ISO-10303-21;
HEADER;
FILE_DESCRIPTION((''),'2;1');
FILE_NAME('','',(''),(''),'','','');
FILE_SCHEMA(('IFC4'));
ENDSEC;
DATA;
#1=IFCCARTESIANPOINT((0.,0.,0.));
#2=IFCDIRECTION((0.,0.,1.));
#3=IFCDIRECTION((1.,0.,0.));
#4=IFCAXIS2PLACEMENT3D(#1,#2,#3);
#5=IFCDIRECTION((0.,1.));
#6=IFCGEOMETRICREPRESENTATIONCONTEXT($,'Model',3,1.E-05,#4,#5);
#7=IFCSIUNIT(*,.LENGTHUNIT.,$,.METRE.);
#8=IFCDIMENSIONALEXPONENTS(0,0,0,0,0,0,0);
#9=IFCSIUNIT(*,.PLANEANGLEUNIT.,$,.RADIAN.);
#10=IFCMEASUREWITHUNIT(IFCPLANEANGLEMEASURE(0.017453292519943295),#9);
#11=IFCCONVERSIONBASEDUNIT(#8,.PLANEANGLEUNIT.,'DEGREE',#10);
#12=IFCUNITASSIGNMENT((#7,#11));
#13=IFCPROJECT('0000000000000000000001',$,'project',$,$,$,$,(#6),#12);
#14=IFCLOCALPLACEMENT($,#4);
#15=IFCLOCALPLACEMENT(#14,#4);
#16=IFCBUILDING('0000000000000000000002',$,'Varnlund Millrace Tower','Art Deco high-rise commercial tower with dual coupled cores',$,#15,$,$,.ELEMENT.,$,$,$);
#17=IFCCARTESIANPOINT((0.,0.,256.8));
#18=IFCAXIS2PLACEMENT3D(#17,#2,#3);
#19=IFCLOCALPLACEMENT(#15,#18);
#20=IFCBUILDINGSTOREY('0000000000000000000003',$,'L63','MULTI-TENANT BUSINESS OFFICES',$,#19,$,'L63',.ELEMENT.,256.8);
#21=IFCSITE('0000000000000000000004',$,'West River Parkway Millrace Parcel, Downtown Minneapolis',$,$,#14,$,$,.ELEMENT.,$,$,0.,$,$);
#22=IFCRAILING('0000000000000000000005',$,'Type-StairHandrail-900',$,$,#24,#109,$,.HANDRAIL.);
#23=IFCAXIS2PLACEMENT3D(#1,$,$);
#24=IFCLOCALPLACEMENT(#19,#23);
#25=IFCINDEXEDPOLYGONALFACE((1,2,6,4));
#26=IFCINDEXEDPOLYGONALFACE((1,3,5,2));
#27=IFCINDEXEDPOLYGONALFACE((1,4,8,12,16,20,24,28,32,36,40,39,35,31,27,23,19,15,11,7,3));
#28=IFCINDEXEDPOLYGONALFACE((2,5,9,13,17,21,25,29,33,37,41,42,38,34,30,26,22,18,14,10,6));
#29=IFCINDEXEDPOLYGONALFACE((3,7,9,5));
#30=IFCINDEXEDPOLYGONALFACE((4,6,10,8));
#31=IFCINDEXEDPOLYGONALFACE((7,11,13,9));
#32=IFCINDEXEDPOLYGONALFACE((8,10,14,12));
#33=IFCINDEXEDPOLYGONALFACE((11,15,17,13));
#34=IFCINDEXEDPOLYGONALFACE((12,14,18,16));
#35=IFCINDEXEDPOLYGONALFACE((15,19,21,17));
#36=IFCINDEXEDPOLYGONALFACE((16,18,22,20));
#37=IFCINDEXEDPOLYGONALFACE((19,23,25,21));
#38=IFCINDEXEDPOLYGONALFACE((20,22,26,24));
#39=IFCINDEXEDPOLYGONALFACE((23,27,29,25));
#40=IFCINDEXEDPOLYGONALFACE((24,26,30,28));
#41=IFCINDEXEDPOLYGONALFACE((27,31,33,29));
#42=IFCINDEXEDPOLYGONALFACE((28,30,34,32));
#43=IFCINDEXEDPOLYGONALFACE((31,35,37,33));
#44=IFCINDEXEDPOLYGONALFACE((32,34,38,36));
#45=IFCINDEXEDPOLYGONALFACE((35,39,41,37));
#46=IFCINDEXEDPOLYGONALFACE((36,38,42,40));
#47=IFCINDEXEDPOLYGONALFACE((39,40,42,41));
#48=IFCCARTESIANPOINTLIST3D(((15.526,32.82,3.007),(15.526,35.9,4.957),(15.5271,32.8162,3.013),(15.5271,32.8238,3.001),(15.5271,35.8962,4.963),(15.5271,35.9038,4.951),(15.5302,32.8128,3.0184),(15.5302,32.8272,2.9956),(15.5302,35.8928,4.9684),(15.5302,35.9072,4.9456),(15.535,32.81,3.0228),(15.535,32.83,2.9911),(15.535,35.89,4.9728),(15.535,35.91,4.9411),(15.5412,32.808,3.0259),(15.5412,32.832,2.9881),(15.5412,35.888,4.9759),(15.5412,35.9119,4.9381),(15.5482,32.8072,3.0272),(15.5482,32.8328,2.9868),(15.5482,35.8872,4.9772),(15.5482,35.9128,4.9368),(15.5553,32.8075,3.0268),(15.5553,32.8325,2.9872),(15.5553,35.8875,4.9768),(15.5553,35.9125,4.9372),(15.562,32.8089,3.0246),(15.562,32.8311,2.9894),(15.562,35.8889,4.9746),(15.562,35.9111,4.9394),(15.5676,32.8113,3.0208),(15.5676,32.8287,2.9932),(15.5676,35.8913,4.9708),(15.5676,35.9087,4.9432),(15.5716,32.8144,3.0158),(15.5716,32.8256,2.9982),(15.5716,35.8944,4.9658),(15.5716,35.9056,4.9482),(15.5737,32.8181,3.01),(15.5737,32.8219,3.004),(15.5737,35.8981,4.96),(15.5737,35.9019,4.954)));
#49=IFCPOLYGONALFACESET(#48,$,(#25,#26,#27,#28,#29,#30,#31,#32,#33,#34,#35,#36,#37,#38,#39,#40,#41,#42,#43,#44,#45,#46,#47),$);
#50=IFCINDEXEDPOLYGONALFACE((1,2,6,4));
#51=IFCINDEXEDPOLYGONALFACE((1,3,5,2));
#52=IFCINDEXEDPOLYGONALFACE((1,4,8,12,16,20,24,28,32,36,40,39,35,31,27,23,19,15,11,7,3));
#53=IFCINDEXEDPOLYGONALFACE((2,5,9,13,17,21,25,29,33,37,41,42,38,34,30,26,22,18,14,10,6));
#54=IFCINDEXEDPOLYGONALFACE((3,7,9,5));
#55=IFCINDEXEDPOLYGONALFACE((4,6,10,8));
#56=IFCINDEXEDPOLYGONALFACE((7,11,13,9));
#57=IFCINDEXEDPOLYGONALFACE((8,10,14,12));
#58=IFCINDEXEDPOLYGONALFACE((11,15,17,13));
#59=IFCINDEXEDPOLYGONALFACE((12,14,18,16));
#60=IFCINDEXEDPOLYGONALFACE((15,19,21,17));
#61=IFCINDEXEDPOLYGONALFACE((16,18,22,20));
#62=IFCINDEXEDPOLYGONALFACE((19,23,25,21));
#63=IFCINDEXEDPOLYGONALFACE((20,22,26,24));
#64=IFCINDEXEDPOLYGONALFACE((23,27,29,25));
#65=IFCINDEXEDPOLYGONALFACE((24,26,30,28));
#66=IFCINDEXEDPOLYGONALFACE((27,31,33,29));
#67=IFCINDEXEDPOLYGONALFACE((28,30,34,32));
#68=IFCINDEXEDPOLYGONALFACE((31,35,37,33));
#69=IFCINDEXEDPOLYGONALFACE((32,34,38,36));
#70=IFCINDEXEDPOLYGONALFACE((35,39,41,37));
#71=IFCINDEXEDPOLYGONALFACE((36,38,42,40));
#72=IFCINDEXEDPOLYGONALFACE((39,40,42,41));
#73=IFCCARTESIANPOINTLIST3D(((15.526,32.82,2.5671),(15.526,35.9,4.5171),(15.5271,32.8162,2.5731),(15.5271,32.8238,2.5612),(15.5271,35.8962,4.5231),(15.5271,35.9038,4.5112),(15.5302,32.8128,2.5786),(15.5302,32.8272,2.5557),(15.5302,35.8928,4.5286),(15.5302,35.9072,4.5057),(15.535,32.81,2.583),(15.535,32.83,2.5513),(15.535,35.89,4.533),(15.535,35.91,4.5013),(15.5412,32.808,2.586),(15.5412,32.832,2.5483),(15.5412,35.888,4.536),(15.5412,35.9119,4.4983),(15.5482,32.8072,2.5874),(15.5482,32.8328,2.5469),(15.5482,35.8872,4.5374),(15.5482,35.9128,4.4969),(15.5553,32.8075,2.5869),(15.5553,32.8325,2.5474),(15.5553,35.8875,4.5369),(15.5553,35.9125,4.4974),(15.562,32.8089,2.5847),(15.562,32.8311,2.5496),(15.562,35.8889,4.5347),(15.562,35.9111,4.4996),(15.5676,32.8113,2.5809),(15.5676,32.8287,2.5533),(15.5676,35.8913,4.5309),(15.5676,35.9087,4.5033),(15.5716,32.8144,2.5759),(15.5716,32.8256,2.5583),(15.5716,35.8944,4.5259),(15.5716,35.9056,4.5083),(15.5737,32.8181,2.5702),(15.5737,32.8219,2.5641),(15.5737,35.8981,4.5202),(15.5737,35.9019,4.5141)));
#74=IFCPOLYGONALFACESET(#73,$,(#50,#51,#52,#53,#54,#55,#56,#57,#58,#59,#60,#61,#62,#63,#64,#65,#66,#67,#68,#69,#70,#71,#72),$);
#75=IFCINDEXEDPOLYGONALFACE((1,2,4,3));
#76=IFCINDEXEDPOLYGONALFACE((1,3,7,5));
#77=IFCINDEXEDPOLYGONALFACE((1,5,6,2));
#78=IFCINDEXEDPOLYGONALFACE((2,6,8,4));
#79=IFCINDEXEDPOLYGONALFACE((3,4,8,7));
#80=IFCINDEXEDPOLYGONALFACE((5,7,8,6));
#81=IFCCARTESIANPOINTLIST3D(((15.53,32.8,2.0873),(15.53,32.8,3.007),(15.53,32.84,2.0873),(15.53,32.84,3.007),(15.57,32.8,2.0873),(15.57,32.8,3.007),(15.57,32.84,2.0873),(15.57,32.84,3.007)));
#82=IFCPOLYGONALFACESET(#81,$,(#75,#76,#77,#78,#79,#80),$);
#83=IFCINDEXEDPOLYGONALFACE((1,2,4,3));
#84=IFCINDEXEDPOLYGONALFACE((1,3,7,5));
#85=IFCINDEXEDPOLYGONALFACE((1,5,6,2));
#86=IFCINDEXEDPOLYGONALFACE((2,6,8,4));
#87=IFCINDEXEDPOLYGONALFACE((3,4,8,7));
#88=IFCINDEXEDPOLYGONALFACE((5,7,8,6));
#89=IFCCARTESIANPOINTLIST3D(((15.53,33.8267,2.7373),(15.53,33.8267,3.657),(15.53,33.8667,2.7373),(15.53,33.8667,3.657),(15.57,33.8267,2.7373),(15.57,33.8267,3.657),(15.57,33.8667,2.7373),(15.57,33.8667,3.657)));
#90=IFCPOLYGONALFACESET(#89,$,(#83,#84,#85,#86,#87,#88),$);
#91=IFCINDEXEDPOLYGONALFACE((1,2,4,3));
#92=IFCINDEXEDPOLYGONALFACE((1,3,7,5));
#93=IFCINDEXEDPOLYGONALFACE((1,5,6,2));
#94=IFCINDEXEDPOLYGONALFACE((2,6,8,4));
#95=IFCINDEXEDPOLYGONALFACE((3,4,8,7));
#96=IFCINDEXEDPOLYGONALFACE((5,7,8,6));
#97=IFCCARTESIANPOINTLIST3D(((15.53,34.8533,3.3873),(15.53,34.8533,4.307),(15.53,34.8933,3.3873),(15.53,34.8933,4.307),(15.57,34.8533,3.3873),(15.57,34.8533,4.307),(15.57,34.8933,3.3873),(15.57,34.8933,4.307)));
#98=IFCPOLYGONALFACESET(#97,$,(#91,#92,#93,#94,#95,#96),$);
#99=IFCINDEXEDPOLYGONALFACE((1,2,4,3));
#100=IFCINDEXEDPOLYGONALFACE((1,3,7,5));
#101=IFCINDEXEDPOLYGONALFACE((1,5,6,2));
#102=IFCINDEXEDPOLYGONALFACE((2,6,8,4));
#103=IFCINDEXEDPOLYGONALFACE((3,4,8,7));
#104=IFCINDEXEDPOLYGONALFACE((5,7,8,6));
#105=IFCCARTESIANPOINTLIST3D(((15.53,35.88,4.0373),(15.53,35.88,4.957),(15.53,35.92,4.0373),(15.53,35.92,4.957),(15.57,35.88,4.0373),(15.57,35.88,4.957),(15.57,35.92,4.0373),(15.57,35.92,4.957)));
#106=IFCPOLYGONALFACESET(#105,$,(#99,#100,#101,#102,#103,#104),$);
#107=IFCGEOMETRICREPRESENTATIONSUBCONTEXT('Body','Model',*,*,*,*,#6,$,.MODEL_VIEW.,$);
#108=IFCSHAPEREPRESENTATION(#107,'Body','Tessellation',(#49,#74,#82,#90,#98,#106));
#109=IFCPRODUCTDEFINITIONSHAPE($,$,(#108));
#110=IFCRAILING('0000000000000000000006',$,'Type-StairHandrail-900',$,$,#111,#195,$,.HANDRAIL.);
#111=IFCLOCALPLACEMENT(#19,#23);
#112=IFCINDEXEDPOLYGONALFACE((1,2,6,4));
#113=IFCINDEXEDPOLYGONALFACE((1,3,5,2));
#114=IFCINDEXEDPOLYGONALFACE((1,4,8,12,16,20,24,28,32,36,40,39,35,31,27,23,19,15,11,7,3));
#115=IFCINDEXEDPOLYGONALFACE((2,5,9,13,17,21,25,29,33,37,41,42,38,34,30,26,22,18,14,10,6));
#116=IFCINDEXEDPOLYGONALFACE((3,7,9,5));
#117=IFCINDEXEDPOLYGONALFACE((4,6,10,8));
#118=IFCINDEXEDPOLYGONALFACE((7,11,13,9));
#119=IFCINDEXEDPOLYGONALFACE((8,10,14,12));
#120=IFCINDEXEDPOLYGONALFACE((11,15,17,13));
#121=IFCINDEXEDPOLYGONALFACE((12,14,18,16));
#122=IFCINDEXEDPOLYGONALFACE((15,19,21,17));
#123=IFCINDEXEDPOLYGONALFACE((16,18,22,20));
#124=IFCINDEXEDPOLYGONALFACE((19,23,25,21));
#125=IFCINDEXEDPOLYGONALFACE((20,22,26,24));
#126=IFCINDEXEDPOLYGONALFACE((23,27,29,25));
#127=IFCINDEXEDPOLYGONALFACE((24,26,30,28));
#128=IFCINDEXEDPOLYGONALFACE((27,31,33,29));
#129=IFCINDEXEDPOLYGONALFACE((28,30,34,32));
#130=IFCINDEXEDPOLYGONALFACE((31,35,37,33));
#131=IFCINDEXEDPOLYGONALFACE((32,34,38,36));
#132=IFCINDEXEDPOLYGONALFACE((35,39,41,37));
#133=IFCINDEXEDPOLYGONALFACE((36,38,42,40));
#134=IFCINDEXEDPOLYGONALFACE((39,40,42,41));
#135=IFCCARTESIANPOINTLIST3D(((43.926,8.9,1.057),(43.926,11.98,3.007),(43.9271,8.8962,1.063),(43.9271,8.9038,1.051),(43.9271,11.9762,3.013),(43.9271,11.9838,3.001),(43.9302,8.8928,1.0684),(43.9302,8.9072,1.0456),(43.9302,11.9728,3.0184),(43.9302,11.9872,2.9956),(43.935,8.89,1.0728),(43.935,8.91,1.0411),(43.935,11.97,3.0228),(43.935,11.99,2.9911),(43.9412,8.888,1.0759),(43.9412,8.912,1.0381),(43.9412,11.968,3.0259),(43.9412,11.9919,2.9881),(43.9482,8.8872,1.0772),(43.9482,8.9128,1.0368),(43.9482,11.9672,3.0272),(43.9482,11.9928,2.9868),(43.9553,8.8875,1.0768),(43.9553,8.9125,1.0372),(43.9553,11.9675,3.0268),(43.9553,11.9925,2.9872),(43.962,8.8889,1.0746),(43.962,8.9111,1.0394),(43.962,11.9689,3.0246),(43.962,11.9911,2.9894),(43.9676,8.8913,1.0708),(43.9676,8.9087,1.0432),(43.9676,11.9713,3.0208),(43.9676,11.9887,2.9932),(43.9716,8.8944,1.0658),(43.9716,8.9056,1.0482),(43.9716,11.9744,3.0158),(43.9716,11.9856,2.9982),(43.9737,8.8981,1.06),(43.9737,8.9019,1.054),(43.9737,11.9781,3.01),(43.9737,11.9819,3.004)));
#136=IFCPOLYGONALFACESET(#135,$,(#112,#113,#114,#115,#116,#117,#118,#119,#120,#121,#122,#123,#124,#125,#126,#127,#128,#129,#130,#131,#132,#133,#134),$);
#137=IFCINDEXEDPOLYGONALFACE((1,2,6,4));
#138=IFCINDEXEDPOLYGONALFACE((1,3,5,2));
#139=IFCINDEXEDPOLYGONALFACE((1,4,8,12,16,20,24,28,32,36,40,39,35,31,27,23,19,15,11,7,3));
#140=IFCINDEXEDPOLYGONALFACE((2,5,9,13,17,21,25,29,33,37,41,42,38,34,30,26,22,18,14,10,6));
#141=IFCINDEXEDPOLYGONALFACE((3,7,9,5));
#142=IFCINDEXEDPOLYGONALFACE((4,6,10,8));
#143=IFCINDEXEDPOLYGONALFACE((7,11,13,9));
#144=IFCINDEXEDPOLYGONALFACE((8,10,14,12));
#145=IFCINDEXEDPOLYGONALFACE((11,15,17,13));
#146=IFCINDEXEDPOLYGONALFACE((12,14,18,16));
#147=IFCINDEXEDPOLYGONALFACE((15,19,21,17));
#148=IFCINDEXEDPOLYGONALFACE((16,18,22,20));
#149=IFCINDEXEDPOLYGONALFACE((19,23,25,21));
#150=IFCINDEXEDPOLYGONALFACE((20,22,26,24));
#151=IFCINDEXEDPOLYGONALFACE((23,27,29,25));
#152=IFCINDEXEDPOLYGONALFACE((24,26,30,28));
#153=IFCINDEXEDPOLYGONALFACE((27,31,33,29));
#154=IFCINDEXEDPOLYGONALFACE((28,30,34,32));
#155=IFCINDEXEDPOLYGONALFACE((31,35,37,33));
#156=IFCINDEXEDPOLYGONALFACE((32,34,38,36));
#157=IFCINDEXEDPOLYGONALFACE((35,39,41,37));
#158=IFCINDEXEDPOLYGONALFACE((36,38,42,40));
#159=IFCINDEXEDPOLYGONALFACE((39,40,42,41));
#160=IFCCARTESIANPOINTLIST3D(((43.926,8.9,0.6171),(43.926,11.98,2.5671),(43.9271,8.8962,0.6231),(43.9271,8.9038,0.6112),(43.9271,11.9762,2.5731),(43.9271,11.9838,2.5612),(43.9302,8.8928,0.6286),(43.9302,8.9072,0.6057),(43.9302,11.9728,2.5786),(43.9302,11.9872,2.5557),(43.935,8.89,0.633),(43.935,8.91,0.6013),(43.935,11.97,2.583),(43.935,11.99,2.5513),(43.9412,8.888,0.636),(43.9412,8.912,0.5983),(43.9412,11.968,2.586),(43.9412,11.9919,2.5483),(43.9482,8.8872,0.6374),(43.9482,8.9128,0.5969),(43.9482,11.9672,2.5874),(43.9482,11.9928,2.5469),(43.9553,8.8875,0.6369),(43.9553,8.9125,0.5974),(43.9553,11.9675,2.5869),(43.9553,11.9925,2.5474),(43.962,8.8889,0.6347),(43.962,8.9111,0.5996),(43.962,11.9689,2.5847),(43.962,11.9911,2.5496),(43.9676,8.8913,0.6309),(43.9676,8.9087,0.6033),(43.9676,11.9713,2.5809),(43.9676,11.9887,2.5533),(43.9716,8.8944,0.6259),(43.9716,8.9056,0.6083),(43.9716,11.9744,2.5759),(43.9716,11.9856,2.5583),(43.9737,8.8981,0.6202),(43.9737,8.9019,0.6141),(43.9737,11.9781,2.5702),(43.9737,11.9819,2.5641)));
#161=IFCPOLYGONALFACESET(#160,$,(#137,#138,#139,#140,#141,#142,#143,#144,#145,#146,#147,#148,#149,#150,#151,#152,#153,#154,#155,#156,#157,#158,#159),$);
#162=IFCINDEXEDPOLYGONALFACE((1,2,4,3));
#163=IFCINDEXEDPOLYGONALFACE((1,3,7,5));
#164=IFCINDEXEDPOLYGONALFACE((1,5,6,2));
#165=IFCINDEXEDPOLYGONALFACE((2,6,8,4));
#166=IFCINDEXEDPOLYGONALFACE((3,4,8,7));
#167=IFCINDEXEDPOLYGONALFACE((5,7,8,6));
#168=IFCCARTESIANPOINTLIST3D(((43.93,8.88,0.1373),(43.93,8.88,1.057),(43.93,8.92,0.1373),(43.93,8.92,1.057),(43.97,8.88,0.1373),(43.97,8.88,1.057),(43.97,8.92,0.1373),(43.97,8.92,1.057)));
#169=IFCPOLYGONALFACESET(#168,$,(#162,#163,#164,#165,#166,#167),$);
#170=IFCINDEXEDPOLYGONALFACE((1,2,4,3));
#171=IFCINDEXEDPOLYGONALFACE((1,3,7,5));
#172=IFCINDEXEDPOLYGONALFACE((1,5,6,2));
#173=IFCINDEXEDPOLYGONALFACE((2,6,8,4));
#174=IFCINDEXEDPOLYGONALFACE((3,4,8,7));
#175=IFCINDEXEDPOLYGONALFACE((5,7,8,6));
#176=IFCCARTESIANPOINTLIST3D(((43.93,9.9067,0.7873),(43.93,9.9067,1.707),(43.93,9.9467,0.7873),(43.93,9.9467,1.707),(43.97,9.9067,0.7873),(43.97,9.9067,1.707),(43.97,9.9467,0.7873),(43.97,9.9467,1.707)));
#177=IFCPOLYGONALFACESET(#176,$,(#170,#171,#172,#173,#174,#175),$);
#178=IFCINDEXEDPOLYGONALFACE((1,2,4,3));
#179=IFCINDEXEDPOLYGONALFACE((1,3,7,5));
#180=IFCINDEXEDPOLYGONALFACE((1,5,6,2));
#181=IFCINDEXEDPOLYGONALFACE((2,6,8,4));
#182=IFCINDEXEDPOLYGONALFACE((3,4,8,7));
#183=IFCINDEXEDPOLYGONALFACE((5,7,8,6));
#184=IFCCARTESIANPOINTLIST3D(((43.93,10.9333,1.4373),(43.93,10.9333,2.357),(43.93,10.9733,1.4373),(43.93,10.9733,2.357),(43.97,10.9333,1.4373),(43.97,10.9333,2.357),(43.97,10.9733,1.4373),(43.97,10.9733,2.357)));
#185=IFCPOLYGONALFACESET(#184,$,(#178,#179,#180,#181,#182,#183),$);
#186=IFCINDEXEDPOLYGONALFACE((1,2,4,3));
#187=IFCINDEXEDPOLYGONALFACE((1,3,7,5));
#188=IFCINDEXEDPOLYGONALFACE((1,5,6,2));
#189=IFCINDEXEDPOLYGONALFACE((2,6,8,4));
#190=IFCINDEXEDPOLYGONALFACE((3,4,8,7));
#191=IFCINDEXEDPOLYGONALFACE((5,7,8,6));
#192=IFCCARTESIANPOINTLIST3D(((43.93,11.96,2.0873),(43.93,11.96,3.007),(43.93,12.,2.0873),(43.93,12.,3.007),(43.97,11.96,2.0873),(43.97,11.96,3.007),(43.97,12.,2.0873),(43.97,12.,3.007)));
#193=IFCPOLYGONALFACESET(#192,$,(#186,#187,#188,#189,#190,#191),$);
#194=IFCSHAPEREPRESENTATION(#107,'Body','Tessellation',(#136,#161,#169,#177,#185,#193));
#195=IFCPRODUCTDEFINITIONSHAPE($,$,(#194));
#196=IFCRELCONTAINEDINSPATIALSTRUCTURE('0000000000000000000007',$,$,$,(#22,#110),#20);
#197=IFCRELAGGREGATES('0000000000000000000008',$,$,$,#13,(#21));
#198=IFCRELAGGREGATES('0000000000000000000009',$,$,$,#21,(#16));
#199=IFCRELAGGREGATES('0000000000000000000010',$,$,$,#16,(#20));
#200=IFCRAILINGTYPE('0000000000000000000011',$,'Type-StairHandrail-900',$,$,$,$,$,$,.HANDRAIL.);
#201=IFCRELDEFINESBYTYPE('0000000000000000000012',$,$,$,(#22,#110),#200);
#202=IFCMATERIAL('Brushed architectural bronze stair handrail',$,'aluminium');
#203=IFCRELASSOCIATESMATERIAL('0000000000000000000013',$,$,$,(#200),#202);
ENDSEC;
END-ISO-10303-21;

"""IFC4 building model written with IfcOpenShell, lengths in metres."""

from ifc_helpers import new_model, entity, si_unit, converted_unit, direction, frame, origin_with_axes, origin_2d_with_axis, place, context, subcontext, project, spatial, rectangle, circle, extrude, material, type_object, element, save


model = new_model("IFC4")

# Units and contexts
model_context = context("Model", 3, precision=1e-05, world=origin_with_axes(), true_north=direction((0.0, 1.0)))
body_context = subcontext(model_context, "Body", "Model", "MODEL_VIEW")
ifc_project = project(units=[si_unit("LENGTHUNIT", "METRE"), converted_unit("PLANEANGLEUNIT", "DEGREE", entity("IfcPlaneAngleMeasure", 0.017453292519943295), si_unit("PLANEANGLEUNIT", "RADIAN"), dimensions=[0, 0, 0, 0, 0, 0, 0])], contexts=[model_context])

# Site, building, storey
site_placement = place(None, origin_with_axes())
site = spatial("IfcSite", under=ifc_project, at=site_placement, Name="West River Parkway Millrace Parcel, Downtown Minneapolis", CompositionType="ELEMENT", RefElevation=0.0)
building_placement = place(site_placement, origin_with_axes())
building = spatial("IfcBuilding", under=site, at=building_placement, Name="Varnlund Millrace Tower", Description="Art Deco high-rise commercial tower with dual coupled cores", CompositionType="ELEMENT")
storey_placement = place(building_placement, frame((0.0, 0.0, 256.8), z_axis=(0.0, 0.0, 1.0), x_axis=(1.0, 0.0, 0.0)))
storey = spatial("IfcBuildingStorey", under=building, at=storey_placement, Name="L63", Description="MULTI-TENANT BUSINESS OFFICES", LongName="L63", CompositionType="ELEMENT", Elevation=256.8)

# Railings
ifc_material_1 = material(Name="Brushed architectural bronze stair handrail", Category="aluminium")
railing_type_1 = type_object("IfcRailingType", Name="Type-StairHandrail-900", PredefinedType="HANDRAIL", material=ifc_material_1)
railing_1_placement = place(storey_placement, frame((0.0, 0.0, -256.8), z_axis=(0.0, 0.0, 1.0), x_axis=(1.0, 0.0, 0.0)))
element("IfcRailing", 1, at=railing_1_placement, inside=storey, type_object=railing_type_1, Name="Type-StairHandrail-900", PredefinedType="HANDRAIL", context=body_context, shape_type="SweptSolid", body=[
    extrude(circle(Radius=0.024, at=origin_2d_with_axis()), frame((15.55, 32.82, 259.807), z_axis=(0.0, 0.844902, 0.534922), x_axis=(-1.0, 0.0, 0.0)), (0.0, 0.0, 1.0), 3.6454),
    extrude(circle(Radius=0.024, at=origin_2d_with_axis()), frame((15.55, 32.82, 259.3671), z_axis=(0.0, 0.844902, 0.534922), x_axis=(-1.0, 0.0, 0.0)), (0.0, 0.0, 1.0), 3.6454),
    extrude(rectangle(XDim=0.04, YDim=0.04, at=origin_2d_with_axis()), frame((15.55, 32.82, 258.8873), z_axis=(0.0, 0.0, 1.0), x_axis=(1.0, 0.0, 0.0)), (0.0, 0.0, 1.0), 0.9197),
    extrude(rectangle(XDim=0.04, YDim=0.04, at=origin_2d_with_axis()), frame((15.55, 33.8467, 259.5373), z_axis=(0.0, 0.0, 1.0), x_axis=(1.0, 0.0, 0.0)), (0.0, 0.0, 1.0), 0.9197),
    extrude(rectangle(XDim=0.04, YDim=0.04, at=origin_2d_with_axis()), frame((15.55, 34.8733, 260.1873), z_axis=(0.0, 0.0, 1.0), x_axis=(1.0, 0.0, 0.0)), (0.0, 0.0, 1.0), 0.9197),
    extrude(rectangle(XDim=0.04, YDim=0.04, at=origin_2d_with_axis()), frame((15.55, 35.9, 260.8373), z_axis=(0.0, 0.0, 1.0), x_axis=(1.0, 0.0, 0.0)), (0.0, 0.0, 1.0), 0.9197),
])
railing_2_placement = place(storey_placement, frame((0.0, 0.0, -256.8), z_axis=(0.0, 0.0, 1.0), x_axis=(1.0, 0.0, 0.0)))
element("IfcRailing", 2, at=railing_2_placement, inside=storey, type_object=railing_type_1, Name="Type-StairHandrail-900", PredefinedType="HANDRAIL", context=body_context, shape_type="SweptSolid", body=[
    extrude(circle(Radius=0.024, at=origin_2d_with_axis()), frame((43.95, 8.9, 257.857), z_axis=(0.0, 0.844902, 0.534922), x_axis=(-1.0, 0.0, 0.0)), (0.0, 0.0, 1.0), 3.6454),
    extrude(circle(Radius=0.024, at=origin_2d_with_axis()), frame((43.95, 8.9, 257.4171), z_axis=(0.0, 0.844902, 0.534922), x_axis=(-1.0, 0.0, 0.0)), (0.0, 0.0, 1.0), 3.6454),
    extrude(rectangle(XDim=0.04, YDim=0.04, at=origin_2d_with_axis()), frame((43.95, 8.9, 256.9373), z_axis=(0.0, 0.0, 1.0), x_axis=(1.0, 0.0, 0.0)), (0.0, 0.0, 1.0), 0.9197),
    extrude(rectangle(XDim=0.04, YDim=0.04, at=origin_2d_with_axis()), frame((43.95, 9.9267, 257.5873), z_axis=(0.0, 0.0, 1.0), x_axis=(1.0, 0.0, 0.0)), (0.0, 0.0, 1.0), 0.9197),
    extrude(rectangle(XDim=0.04, YDim=0.04, at=origin_2d_with_axis()), frame((43.95, 10.9533, 258.2373), z_axis=(0.0, 0.0, 1.0), x_axis=(1.0, 0.0, 0.0)), (0.0, 0.0, 1.0), 0.9197),
    extrude(rectangle(XDim=0.04, YDim=0.04, at=origin_2d_with_axis()), frame((43.95, 11.98, 258.8873), z_axis=(0.0, 0.0, 1.0), x_axis=(1.0, 0.0, 0.0)), (0.0, 0.0, 1.0), 0.9197),
])

save(model, "model.ifc")
